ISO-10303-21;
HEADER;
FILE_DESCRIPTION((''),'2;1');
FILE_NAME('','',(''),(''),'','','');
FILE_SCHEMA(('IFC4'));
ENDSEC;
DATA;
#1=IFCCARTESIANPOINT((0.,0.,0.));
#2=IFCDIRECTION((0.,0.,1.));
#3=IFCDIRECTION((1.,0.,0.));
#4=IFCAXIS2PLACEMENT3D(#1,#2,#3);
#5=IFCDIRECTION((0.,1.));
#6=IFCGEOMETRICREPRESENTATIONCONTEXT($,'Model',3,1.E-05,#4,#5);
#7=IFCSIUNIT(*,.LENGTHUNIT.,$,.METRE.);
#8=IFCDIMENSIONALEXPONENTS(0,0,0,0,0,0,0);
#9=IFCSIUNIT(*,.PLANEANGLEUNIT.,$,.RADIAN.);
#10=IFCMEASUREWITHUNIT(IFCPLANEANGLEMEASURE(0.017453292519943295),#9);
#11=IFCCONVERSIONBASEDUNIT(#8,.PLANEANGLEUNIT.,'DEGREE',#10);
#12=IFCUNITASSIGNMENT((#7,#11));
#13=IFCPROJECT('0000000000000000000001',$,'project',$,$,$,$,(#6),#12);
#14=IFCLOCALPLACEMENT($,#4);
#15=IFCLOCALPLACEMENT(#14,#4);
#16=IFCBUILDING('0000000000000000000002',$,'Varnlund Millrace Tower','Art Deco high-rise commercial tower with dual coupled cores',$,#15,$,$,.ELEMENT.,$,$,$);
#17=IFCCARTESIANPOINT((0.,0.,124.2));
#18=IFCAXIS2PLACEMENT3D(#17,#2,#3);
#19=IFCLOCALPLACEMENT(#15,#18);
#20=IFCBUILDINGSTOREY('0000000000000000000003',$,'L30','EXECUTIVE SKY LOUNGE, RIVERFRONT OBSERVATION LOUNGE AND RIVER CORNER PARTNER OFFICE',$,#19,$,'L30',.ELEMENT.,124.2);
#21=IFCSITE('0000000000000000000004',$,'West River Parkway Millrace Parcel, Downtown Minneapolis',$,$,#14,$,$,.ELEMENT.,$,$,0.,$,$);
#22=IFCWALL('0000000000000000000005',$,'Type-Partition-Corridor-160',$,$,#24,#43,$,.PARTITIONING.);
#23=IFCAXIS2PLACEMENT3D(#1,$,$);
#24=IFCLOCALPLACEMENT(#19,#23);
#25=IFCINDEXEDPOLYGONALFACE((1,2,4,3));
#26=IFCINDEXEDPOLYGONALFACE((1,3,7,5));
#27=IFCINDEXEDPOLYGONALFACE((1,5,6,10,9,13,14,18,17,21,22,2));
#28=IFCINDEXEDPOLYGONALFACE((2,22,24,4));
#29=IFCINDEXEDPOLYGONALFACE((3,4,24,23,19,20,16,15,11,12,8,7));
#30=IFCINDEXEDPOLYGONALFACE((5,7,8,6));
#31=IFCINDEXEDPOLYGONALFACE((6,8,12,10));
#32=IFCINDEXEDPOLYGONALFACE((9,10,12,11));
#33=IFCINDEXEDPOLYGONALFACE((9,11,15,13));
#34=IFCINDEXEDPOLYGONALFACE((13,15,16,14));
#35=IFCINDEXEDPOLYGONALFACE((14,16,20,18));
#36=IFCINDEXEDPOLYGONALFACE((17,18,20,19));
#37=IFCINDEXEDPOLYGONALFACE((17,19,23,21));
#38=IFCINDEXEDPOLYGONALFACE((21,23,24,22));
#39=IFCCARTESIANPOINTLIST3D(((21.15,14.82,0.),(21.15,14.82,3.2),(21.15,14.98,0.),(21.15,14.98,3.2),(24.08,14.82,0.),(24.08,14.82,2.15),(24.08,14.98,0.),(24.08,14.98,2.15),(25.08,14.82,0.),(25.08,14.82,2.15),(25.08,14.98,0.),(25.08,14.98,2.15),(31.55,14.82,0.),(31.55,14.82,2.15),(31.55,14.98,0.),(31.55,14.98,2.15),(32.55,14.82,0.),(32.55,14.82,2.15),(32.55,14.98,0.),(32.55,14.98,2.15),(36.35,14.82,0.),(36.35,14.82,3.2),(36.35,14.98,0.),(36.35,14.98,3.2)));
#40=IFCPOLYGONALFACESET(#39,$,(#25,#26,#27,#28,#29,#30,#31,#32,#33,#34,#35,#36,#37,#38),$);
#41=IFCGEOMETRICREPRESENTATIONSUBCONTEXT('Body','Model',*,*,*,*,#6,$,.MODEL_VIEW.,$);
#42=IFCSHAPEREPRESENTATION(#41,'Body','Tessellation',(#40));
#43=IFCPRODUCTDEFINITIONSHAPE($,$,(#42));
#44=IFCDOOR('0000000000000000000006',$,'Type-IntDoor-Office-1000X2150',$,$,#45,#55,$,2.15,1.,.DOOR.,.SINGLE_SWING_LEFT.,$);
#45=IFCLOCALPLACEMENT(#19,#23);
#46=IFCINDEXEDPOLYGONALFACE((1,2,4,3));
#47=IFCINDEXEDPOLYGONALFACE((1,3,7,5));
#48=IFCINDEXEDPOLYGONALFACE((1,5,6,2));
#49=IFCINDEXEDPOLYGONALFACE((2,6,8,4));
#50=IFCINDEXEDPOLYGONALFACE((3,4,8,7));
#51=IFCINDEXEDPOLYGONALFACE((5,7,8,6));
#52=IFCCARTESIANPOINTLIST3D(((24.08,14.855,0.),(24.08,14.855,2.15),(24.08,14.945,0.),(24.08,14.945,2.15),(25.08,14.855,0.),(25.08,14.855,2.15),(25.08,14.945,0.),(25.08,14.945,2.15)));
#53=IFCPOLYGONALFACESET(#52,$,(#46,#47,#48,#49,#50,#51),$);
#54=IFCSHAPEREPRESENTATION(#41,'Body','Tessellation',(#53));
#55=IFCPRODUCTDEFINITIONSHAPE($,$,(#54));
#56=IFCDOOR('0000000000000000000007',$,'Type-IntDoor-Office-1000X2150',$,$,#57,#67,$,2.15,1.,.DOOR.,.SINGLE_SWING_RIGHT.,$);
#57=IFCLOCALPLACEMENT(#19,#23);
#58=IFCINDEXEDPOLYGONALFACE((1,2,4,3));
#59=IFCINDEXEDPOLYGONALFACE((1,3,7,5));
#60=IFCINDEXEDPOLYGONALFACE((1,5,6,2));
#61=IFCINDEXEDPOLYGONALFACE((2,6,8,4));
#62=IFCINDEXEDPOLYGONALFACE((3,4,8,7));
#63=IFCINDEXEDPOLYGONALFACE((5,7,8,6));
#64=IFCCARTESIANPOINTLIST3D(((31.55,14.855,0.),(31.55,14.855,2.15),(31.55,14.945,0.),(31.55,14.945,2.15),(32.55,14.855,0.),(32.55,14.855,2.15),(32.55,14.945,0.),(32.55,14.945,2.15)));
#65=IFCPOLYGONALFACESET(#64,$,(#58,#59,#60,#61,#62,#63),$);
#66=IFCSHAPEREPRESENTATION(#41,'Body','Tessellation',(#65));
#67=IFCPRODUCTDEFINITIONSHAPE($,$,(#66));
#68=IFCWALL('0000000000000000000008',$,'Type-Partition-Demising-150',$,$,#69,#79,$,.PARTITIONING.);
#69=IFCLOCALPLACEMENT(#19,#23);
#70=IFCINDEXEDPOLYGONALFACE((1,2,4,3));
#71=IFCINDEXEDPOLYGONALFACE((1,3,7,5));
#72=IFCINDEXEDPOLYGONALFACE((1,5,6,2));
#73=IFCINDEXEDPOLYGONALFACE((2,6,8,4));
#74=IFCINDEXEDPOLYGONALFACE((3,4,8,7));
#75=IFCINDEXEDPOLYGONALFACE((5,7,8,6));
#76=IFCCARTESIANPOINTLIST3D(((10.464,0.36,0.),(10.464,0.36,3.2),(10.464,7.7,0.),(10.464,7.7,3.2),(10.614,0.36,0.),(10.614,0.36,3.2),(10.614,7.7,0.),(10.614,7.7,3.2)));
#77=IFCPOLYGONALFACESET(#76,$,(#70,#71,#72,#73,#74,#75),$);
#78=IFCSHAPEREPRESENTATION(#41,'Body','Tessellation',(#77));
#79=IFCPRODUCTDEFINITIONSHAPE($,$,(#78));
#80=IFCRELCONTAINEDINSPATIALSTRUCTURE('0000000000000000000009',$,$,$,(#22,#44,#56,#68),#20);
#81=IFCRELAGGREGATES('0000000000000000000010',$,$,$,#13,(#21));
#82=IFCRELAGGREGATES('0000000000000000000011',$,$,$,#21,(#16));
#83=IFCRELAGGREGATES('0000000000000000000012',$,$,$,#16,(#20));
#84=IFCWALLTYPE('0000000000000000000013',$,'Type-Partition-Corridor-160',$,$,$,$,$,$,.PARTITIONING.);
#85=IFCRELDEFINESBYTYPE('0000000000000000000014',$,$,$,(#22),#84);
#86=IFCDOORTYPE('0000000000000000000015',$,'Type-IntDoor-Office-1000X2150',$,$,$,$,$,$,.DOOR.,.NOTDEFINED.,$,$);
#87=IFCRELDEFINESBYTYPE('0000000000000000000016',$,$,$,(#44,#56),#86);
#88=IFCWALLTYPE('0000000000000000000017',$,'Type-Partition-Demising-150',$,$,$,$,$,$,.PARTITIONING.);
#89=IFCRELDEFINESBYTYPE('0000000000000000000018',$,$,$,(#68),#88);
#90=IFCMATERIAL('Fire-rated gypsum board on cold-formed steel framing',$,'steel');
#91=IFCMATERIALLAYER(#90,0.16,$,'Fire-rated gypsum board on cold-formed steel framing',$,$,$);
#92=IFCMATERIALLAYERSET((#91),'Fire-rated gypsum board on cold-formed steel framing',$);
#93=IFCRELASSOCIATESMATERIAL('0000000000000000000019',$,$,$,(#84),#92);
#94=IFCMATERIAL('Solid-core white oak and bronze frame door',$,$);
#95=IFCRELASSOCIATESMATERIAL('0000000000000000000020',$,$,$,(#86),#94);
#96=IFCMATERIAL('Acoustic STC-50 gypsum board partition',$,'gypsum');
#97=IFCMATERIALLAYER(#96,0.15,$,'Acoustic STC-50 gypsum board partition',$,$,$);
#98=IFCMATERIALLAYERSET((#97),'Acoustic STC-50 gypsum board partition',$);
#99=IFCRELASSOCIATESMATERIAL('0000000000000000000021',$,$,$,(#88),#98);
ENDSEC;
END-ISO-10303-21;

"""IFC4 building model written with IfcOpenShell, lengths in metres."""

from ifc_helpers import new_model, entity, si_unit, converted_unit, direction, frame, origin_with_axes, origin_2d_with_axis, place, context, subcontext, project, spatial, polyline, rectangle, outline, extrude, material, layer, layer_set, type_object, element, fill, save


model = new_model("IFC4")

# Units and contexts
model_context = context("Model", 3, precision=1e-05, world=origin_with_axes(), true_north=direction((0.0, 1.0)))
body_context = subcontext(model_context, "Body", "Model", "MODEL_VIEW")
ifc_project = project(units=[si_unit("LENGTHUNIT", "METRE"), converted_unit("PLANEANGLEUNIT", "DEGREE", entity("IfcPlaneAngleMeasure", 0.017453292519943295), si_unit("PLANEANGLEUNIT", "RADIAN"), dimensions=[0, 0, 0, 0, 0, 0, 0])], contexts=[model_context])

# Site, building, storey
site_placement = place(None, origin_with_axes())
site = spatial("IfcSite", under=ifc_project, at=site_placement, Name="West River Parkway Millrace Parcel, Downtown Minneapolis", CompositionType="ELEMENT", RefElevation=0.0)
building_placement = place(site_placement, origin_with_axes())
building = spatial("IfcBuilding", under=site, at=building_placement, Name="Varnlund Millrace Tower", Description="Art Deco high-rise commercial tower with dual coupled cores", CompositionType="ELEMENT")
storey_placement = place(building_placement, frame((0.0, 0.0, 124.2), z_axis=(0.0, 0.0, 1.0), x_axis=(1.0, 0.0, 0.0)))
storey = spatial("IfcBuildingStorey", under=building, at=storey_placement, Name="L30", Description="EXECUTIVE SKY LOUNGE, RIVERFRONT OBSERVATION LOUNGE AND RIVER CORNER PARTNER OFFICE", LongName="L30", CompositionType="ELEMENT", Elevation=124.2)

# Shared definitions
ifc_material_1 = material(Name="Fire-rated gypsum board on cold-formed steel framing", Category="steel")
ifc_layer_1 = layer(ifc_material_1, 0.16, Name="Fire-rated gypsum board on cold-formed steel framing")
ifc_layer_set_1 = layer_set([ifc_layer_1], Name="Fire-rated gypsum board on cold-formed steel framing")
wall_type_1 = type_object("IfcWallType", Name="Type-Partition-Corridor-160", PredefinedType="PARTITIONING", material=ifc_layer_set_1)
ifc_material_2 = material(Name="Solid-core white oak and bronze frame door")
door_type_1 = type_object("IfcDoorType", Name="Type-IntDoor-Office-1000X2150", OperationType="NOTDEFINED", PredefinedType="DOOR", material=ifc_material_2)

# Wall, openings, doors
wall_1_placement = place(storey_placement, frame((21.15, 14.9, 0.0), z_axis=(0.0, 0.0, 1.0), x_axis=(1.0, 0.0, 0.0)))
wall_1 = element("IfcWall", 1, at=wall_1_placement, inside=storey, type_object=wall_type_1, Name="Type-Partition-Corridor-160", PredefinedType="PARTITIONING", context=body_context, shape_type="SweptSolid", body=[
    extrude(outline(polyline([(0.0, -0.08), (15.2, -0.08), (15.2, 0.08), (0.0, 0.08), (0.0, -0.08)])), origin_with_axes(), (0.0, 0.0, 1.0), 3.2),
])
opening_1_placement = place(wall_1_placement, frame((3.43, 0.0, 0.0), z_axis=(0.0, 0.0, 1.0), x_axis=(1.0, 0.0, 0.0)))
opening_1 = element("IfcOpeningElement", 2, at=opening_1_placement, cuts=wall_1, PredefinedType="OPENING", context=body_context, shape_type="SweptSolid", body=[
    extrude(rectangle(XDim=1.0, YDim=0.18, at=origin_2d_with_axis()), origin_with_axes(), (0.0, 0.0, 1.0), 2.15),
])
opening_2_placement = place(wall_1_placement, frame((10.9, 0.0, 0.0), z_axis=(0.0, 0.0, 1.0), x_axis=(1.0, 0.0, 0.0)))
opening_2 = element("IfcOpeningElement", 3, at=opening_2_placement, cuts=wall_1, PredefinedType="OPENING", context=body_context, shape_type="SweptSolid", body=[
    extrude(rectangle(XDim=1.0, YDim=0.18, at=origin_2d_with_axis()), origin_with_axes(), (0.0, 0.0, 1.0), 2.15),
])
door_1_placement = place(wall_1_placement, frame((3.43, 0.0, 0.0), z_axis=(0.0, 0.0, 1.0), x_axis=(1.0, 0.0, 0.0)))
door_1 = element("IfcDoor", 4, at=door_1_placement, inside=storey, type_object=door_type_1, Name="Type-IntDoor-Office-1000X2150", OperationType="SINGLE_SWING_LEFT", OverallHeight=2.15, OverallWidth=1.0, PredefinedType="DOOR", context=body_context, shape_type="SweptSolid", body=[
    extrude(rectangle(XDim=1.0, YDim=0.09, at=origin_2d_with_axis()), origin_with_axes(), (0.0, 0.0, 1.0), 2.15),
])
fill(opening_1, door_1)
door_2_placement = place(wall_1_placement, frame((10.9, 0.0, 0.0), z_axis=(0.0, 0.0, 1.0), x_axis=(1.0, 0.0, 0.0)))
door_2 = element("IfcDoor", 5, at=door_2_placement, inside=storey, type_object=door_type_1, Name="Type-IntDoor-Office-1000X2150", OperationType="SINGLE_SWING_RIGHT", OverallHeight=2.15, OverallWidth=1.0, PredefinedType="DOOR", context=body_context, shape_type="SweptSolid", body=[
    extrude(rectangle(XDim=1.0, YDim=0.09, at=origin_2d_with_axis()), origin_with_axes(), (0.0, 0.0, 1.0), 2.15),
])
fill(opening_2, door_2)

# Wall
ifc_material_3 = material(Name="Acoustic STC-50 gypsum board partition", Category="gypsum")
ifc_layer_2 = layer(ifc_material_3, 0.15, Name="Acoustic STC-50 gypsum board partition")
ifc_layer_set_2 = layer_set([ifc_layer_2], Name="Acoustic STC-50 gypsum board partition")
wall_type_2 = type_object("IfcWallType", Name="Type-Partition-Demising-150", PredefinedType="PARTITIONING", material=ifc_layer_set_2)
wall_2_placement = place(storey_placement, frame((10.539, 0.36, 0.0), z_axis=(0.0, 0.0, 1.0), x_axis=(0.0, 1.0, 0.0)))
element("IfcWall", 6, at=wall_2_placement, inside=storey, type_object=wall_type_2, Name="Type-Partition-Demising-150", PredefinedType="PARTITIONING", context=body_context, shape_type="SweptSolid", body=[
    extrude(outline(polyline([(0.0, -0.075), (7.34, -0.075), (7.34, 0.075), (0.0, 0.075), (0.0, -0.075)])), origin_with_axes(), (0.0, 0.0, 1.0), 3.2),
])

save(model, "model.ifc")
